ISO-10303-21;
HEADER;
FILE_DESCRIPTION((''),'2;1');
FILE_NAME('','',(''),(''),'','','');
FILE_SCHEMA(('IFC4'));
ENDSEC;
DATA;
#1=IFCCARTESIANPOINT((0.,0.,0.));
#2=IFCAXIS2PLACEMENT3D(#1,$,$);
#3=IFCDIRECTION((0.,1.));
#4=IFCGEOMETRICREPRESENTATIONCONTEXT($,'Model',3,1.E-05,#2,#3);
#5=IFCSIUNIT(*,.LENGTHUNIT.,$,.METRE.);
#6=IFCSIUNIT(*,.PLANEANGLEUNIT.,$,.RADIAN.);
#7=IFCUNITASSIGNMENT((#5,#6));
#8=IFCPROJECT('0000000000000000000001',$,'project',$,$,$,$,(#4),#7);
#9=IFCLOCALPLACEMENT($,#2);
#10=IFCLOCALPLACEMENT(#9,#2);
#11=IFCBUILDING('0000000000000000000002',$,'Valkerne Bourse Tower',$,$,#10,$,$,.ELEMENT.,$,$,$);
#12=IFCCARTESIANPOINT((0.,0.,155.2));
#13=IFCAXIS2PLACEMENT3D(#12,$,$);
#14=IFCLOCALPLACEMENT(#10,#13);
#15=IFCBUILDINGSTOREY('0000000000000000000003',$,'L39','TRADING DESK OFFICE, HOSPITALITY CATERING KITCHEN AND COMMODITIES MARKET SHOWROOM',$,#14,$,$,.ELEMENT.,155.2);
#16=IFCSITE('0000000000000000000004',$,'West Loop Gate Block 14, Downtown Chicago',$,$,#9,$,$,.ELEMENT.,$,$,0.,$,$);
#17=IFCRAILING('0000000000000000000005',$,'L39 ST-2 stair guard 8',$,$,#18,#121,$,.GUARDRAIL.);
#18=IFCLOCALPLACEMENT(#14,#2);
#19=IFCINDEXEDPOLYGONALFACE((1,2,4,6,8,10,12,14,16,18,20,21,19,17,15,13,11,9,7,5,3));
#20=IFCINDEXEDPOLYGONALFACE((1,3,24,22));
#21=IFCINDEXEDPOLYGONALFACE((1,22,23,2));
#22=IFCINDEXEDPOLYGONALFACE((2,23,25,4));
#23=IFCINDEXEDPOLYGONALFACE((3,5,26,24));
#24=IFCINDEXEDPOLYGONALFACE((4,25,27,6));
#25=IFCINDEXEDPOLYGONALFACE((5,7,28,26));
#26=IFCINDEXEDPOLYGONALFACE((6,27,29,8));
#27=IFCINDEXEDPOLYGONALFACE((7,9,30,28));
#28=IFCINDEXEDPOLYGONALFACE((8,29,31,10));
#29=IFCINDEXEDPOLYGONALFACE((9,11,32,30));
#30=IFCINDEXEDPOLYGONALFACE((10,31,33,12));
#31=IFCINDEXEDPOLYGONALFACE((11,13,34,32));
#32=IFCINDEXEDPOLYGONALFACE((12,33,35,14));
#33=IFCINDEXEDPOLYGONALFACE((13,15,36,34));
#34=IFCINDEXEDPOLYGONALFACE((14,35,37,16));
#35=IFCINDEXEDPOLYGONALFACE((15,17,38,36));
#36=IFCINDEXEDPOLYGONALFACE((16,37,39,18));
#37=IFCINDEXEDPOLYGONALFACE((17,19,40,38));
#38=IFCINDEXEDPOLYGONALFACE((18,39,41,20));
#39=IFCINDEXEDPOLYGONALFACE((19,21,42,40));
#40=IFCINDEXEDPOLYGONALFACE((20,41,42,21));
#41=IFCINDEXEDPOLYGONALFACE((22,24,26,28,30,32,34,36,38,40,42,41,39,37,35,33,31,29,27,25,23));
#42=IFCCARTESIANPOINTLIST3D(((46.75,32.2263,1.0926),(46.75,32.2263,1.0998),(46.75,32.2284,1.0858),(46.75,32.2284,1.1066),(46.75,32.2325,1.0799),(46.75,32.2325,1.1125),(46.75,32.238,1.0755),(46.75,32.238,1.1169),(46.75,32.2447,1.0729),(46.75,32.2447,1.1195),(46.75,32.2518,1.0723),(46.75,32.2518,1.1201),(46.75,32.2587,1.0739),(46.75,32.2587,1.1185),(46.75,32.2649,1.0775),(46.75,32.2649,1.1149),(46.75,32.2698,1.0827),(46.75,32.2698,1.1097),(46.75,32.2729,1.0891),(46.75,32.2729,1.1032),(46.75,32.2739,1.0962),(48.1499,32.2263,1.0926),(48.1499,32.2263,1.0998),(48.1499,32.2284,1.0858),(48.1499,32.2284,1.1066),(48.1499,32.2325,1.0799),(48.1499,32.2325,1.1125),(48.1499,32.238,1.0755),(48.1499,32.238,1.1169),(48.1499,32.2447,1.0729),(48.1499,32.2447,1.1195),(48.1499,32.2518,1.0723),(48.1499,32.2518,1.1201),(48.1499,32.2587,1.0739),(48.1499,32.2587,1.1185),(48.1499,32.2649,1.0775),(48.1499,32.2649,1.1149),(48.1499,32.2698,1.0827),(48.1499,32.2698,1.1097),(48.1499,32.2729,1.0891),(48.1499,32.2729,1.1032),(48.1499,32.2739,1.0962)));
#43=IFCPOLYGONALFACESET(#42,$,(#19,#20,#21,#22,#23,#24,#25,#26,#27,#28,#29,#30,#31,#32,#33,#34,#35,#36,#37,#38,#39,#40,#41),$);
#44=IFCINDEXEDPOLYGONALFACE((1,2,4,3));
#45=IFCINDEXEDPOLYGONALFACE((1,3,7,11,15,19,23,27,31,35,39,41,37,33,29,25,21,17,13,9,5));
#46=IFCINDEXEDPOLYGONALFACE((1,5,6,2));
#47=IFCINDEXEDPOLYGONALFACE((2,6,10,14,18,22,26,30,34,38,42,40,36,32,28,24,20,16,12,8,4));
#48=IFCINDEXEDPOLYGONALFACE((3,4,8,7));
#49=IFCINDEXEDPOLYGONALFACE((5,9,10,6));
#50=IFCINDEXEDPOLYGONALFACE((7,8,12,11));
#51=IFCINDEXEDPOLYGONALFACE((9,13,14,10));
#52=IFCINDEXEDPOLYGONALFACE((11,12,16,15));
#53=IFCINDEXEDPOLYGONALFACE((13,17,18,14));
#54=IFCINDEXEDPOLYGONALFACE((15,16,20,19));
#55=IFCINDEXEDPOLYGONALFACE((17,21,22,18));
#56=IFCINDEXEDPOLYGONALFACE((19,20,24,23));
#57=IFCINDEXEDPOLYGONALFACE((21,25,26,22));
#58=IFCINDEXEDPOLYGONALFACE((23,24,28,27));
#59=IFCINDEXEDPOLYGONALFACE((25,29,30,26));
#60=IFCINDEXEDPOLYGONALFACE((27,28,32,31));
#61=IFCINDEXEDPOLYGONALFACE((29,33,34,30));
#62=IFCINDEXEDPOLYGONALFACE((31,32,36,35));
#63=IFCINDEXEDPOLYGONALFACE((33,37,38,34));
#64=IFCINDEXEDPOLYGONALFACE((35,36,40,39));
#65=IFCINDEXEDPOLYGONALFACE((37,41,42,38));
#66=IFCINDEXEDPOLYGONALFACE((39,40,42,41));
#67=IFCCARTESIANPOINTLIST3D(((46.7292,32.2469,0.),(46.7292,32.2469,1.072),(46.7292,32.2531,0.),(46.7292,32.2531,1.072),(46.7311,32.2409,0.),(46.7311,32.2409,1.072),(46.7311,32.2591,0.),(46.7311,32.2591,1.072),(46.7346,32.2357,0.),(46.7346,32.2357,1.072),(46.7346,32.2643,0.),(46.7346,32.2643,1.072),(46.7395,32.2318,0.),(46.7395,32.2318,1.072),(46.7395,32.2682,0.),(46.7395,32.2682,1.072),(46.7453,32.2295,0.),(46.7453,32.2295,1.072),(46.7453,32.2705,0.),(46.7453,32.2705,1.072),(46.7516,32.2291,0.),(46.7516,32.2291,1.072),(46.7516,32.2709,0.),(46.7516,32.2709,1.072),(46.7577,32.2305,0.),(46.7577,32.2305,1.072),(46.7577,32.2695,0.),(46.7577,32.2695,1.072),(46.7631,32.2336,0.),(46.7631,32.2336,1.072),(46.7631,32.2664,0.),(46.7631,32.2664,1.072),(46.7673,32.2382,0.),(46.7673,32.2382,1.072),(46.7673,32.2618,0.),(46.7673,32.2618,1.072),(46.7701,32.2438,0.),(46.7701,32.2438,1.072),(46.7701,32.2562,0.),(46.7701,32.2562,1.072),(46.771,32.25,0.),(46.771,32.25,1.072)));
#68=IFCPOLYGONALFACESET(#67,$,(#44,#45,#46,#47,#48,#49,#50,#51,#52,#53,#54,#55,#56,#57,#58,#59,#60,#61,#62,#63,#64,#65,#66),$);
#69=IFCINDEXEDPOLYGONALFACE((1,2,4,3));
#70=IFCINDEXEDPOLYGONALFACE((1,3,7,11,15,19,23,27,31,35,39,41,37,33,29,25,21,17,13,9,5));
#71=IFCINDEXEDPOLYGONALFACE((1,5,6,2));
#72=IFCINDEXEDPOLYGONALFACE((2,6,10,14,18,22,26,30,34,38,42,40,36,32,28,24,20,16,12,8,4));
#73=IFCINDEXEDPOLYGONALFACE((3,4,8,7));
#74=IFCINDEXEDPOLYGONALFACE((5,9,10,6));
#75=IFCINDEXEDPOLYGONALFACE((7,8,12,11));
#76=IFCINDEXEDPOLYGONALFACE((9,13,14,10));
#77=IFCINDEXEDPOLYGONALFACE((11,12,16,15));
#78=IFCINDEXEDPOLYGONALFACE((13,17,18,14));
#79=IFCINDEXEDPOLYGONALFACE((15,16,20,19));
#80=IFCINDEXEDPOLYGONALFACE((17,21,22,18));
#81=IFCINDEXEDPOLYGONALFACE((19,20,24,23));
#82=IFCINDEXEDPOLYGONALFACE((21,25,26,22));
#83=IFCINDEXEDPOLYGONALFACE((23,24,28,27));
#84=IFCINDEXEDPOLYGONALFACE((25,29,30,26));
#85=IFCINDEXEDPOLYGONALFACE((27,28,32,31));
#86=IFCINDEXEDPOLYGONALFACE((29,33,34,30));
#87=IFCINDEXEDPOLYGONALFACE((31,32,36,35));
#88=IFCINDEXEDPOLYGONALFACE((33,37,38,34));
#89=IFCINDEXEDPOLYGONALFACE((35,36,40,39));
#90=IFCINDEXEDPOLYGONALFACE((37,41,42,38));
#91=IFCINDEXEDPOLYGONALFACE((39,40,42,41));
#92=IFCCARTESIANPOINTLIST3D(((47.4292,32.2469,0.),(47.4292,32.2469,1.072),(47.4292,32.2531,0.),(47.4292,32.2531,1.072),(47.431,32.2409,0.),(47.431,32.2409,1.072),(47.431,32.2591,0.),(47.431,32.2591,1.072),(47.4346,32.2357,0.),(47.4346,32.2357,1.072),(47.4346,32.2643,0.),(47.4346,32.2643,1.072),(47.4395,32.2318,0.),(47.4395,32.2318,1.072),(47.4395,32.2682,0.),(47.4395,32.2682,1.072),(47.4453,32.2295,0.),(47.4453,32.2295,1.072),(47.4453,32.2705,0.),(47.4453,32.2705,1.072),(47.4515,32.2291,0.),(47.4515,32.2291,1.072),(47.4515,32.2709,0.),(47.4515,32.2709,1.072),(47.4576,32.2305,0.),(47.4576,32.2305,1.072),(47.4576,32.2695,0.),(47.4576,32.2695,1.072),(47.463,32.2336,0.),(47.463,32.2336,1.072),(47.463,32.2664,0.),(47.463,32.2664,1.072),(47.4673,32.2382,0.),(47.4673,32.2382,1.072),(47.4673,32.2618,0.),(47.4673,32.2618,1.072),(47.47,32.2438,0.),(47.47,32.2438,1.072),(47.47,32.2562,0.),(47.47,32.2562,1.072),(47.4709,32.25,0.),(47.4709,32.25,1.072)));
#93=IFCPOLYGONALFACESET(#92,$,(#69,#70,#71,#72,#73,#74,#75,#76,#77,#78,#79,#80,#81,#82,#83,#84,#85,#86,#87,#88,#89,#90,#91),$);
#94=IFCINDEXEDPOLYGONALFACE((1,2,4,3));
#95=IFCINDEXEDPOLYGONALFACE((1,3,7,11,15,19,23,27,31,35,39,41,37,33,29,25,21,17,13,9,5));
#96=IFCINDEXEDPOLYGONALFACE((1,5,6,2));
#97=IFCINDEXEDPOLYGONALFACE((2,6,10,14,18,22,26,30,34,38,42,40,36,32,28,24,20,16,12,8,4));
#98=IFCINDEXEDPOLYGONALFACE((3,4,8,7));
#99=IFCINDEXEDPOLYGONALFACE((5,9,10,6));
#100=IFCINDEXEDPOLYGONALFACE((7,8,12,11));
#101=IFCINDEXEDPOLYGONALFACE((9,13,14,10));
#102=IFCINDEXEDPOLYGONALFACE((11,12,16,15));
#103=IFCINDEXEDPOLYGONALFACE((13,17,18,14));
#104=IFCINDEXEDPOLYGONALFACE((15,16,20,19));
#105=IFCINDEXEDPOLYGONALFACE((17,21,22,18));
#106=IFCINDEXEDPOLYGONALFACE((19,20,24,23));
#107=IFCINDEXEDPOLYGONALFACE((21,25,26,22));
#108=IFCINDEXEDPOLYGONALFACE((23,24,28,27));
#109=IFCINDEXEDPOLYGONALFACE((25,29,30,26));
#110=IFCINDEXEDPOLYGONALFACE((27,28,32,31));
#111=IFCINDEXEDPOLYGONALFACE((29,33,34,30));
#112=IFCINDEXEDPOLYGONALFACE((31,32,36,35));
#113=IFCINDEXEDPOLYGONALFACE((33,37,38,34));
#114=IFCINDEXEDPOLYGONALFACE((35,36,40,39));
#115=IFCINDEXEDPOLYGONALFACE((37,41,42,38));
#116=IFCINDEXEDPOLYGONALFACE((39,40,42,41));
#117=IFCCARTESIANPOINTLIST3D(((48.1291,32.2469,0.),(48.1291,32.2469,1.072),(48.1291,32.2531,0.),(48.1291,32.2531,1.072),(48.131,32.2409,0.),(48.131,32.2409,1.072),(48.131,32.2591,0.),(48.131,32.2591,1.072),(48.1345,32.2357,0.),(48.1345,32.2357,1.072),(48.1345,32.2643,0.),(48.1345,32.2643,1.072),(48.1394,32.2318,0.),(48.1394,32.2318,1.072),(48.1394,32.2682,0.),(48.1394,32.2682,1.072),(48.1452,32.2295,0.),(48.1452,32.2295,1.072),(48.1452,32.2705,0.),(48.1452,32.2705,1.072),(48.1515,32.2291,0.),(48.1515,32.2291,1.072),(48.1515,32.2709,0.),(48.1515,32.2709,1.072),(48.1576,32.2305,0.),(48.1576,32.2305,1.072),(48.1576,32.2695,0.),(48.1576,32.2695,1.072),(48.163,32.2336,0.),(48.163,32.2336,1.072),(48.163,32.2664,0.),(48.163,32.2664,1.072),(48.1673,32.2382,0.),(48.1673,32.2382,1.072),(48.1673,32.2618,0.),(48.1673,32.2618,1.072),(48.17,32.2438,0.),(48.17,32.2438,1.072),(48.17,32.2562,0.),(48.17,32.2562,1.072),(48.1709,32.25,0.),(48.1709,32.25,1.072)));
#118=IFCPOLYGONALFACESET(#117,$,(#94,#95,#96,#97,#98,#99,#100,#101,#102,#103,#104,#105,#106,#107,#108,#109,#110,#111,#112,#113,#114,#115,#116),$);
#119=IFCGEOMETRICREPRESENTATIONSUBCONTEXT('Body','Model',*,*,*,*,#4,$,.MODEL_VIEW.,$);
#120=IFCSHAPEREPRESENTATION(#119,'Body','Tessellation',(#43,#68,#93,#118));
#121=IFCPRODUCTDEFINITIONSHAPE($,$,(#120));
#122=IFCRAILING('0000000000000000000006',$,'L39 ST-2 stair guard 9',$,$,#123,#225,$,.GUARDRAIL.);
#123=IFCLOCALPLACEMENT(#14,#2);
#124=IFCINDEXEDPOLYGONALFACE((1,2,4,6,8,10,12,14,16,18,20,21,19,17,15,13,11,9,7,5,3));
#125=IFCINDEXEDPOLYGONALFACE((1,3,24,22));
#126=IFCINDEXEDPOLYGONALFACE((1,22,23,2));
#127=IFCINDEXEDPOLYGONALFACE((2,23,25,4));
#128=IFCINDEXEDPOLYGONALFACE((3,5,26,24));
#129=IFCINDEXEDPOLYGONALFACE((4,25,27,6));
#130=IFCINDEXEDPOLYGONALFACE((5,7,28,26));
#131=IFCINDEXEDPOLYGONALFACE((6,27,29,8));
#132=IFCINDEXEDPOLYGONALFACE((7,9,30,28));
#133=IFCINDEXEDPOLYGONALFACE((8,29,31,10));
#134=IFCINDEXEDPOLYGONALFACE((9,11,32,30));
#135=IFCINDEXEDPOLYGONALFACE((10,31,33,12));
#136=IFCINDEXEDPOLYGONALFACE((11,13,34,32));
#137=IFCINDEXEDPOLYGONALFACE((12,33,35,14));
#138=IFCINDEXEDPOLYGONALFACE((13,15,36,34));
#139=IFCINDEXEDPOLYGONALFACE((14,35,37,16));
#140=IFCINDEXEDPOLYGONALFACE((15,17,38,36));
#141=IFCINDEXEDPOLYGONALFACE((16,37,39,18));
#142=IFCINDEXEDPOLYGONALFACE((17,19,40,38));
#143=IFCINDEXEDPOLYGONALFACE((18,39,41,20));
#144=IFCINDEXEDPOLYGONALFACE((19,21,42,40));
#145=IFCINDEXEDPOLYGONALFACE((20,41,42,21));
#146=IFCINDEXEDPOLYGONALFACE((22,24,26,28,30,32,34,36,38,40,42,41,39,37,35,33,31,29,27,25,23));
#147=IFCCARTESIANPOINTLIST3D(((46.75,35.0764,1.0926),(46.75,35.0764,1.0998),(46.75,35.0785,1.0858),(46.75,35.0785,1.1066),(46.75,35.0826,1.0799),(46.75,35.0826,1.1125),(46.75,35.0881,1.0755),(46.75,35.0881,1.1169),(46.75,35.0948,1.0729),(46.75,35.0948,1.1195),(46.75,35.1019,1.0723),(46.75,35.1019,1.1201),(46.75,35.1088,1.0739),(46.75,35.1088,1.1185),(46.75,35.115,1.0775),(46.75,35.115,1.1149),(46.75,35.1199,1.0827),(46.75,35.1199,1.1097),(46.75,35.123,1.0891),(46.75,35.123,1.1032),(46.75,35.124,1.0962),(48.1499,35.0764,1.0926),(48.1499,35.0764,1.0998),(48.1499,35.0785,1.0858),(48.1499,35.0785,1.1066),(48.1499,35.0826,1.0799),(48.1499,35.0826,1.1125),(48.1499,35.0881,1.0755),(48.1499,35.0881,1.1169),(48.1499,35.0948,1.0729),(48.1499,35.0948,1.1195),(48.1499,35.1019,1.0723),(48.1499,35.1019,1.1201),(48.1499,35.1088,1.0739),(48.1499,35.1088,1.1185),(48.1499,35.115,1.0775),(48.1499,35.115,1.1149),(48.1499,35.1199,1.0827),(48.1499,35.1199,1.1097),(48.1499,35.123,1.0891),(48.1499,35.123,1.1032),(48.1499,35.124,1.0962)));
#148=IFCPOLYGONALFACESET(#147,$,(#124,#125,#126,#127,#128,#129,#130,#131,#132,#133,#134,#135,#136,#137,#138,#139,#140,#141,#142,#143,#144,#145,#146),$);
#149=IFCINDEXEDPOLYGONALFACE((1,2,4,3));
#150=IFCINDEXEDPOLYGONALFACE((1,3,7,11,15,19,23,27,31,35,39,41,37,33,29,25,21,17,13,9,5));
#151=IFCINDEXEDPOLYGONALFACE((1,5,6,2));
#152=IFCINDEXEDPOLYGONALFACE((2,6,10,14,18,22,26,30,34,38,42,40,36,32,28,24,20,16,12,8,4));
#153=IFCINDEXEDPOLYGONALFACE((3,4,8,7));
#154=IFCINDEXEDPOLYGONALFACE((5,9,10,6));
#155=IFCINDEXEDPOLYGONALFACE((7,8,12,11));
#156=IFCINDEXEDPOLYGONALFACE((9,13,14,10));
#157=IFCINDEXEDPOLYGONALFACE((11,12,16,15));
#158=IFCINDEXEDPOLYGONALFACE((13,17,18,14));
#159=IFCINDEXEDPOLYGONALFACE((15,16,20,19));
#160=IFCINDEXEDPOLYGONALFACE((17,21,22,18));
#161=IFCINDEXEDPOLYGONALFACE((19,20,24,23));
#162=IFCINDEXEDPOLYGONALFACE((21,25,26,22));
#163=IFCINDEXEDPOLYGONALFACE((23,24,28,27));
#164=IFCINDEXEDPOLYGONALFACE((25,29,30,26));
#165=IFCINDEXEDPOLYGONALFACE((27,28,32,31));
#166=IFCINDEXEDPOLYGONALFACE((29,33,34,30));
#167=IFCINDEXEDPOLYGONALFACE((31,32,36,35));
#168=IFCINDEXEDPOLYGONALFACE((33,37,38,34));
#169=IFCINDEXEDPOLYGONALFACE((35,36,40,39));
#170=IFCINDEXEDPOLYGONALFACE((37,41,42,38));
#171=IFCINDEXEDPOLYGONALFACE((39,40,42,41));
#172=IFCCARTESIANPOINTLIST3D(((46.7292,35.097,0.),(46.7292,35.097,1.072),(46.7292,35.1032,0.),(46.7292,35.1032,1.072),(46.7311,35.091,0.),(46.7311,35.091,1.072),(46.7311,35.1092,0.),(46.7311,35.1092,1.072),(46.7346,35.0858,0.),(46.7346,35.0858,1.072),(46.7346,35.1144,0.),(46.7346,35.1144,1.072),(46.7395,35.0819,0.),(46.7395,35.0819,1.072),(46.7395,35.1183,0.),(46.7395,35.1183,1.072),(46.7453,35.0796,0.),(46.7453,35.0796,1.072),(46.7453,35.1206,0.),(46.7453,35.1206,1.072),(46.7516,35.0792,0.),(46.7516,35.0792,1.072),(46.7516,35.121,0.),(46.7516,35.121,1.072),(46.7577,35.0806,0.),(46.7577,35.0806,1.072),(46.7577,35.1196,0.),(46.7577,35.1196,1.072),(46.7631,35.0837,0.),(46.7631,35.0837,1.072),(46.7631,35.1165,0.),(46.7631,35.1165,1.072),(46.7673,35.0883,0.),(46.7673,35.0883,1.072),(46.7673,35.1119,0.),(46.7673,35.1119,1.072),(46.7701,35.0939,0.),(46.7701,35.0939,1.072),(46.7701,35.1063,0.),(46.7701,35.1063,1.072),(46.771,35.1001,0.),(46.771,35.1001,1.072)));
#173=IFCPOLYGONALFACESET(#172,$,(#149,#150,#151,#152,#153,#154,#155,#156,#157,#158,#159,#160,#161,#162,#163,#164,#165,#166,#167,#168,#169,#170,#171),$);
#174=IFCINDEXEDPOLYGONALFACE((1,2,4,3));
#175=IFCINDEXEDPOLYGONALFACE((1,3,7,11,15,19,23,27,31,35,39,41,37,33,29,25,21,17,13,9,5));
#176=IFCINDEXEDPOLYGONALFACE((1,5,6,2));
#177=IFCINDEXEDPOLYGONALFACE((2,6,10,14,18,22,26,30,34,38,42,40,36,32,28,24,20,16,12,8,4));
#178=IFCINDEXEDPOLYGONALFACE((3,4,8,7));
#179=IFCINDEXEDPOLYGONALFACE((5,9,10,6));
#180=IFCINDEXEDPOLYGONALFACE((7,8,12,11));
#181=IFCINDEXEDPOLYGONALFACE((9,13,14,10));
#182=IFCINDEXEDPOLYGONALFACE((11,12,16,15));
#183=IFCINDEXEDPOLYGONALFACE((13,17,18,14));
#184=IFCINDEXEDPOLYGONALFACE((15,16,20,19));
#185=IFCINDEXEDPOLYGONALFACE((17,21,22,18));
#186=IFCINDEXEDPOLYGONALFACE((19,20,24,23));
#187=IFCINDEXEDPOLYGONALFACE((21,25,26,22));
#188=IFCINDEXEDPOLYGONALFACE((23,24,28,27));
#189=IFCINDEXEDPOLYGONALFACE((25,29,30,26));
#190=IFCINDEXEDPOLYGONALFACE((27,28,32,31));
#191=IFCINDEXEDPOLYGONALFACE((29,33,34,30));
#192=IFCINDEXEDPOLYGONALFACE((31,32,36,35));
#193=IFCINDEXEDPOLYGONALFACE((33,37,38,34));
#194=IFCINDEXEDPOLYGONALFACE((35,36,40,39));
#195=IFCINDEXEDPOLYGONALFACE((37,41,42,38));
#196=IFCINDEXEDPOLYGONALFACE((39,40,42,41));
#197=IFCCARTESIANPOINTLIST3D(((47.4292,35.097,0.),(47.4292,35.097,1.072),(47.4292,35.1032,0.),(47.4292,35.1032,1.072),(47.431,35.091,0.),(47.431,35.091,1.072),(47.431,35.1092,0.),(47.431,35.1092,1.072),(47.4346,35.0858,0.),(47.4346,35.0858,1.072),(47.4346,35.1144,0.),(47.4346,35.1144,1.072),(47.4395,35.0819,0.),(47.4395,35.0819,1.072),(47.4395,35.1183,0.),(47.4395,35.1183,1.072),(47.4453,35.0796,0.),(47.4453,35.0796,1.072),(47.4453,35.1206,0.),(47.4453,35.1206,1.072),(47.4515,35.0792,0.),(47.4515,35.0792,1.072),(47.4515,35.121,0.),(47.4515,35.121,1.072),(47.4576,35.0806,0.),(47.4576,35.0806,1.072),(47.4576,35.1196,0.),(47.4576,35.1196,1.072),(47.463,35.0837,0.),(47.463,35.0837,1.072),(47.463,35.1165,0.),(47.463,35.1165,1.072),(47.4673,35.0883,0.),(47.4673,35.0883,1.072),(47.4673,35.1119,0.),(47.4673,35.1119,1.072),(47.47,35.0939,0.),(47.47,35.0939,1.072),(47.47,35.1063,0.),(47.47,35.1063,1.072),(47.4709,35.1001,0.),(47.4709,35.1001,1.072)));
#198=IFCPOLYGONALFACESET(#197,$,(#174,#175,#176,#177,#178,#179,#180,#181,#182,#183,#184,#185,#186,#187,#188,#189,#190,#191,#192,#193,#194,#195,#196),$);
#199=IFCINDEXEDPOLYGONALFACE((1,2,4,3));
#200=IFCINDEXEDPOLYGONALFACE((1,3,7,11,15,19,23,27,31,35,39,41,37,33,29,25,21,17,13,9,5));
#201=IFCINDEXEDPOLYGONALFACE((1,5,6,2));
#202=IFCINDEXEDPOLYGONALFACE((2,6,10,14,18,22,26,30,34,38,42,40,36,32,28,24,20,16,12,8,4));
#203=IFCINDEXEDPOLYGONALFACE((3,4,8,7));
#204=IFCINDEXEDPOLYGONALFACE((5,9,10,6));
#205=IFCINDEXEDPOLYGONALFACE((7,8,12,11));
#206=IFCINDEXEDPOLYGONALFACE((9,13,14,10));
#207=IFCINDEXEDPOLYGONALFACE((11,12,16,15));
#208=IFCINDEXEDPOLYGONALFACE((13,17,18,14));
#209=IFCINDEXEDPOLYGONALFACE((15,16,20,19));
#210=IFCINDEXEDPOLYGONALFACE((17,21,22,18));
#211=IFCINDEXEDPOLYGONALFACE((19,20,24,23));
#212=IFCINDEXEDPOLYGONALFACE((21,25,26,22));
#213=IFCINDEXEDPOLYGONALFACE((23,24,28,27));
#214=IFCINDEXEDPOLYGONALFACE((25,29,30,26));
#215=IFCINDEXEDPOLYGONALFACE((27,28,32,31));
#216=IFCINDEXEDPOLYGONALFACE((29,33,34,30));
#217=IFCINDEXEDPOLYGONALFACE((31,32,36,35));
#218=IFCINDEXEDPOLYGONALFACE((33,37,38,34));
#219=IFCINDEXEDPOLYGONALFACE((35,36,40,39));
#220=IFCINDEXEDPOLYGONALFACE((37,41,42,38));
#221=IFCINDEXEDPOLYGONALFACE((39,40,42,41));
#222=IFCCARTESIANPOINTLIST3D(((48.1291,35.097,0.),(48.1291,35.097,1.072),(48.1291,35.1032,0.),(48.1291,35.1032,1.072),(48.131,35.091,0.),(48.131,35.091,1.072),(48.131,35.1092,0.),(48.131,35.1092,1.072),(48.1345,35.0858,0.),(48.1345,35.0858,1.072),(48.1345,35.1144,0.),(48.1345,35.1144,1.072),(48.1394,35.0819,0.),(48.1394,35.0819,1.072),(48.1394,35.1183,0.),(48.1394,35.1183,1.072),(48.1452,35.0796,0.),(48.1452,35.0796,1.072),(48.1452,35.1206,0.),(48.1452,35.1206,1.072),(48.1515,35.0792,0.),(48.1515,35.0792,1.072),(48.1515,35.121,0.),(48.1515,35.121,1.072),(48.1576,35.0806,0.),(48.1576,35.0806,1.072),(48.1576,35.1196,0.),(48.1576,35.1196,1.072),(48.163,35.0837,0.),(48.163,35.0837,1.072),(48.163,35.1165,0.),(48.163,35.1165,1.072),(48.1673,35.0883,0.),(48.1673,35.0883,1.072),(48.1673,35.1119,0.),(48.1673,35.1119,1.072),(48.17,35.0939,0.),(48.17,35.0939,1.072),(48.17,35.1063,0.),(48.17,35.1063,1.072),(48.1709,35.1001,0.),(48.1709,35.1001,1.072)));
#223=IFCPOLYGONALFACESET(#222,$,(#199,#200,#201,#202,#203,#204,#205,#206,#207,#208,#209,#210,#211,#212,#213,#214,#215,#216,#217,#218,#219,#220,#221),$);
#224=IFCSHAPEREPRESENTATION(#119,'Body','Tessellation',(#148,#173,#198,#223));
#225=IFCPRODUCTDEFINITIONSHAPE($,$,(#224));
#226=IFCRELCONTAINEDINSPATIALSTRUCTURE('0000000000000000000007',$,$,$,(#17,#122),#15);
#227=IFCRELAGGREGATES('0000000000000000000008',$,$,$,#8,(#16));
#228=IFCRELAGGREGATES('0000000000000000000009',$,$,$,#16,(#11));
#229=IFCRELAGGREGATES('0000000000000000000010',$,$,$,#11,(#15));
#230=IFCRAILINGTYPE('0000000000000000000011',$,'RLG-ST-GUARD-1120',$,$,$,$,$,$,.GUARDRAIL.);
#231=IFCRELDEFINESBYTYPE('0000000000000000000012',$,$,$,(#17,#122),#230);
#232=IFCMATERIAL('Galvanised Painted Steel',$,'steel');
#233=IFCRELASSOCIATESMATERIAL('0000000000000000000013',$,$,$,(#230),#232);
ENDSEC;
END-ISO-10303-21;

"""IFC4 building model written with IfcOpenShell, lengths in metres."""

from ifc_helpers import new_model, si_unit, direction, frame, origin, origin_2d, place, context, subcontext, project, spatial, circle, extrude, material, type_object, element, save


model = new_model("IFC4")

# Units and contexts
model_context = context("Model", 3, precision=1e-05, world=origin(), true_north=direction((0.0, 1.0)))
body_context = subcontext(model_context, "Body", "Model", "MODEL_VIEW")
ifc_project = project(units=[si_unit("LENGTHUNIT", "METRE"), si_unit("PLANEANGLEUNIT", "RADIAN")], contexts=[model_context])

# Site, building, storey
site_placement = place(None, origin())
site = spatial("IfcSite", under=ifc_project, at=site_placement, Name="West Loop Gate Block 14, Downtown Chicago", CompositionType="ELEMENT", RefElevation=0.0)
building_placement = place(site_placement, origin())
building = spatial("IfcBuilding", under=site, at=building_placement, Name="Valkerne Bourse Tower", CompositionType="ELEMENT")
storey_placement = place(building_placement, frame((0.0, 0.0, 155.2)))
storey = spatial("IfcBuildingStorey", under=building, at=storey_placement, Name="L39", Description="TRADING DESK OFFICE, HOSPITALITY CATERING KITCHEN AND COMMODITIES MARKET SHOWROOM", CompositionType="ELEMENT", Elevation=155.2)

# Shared definitions
ifc_material_1 = material(Name="Galvanised Painted Steel", Category="steel")

# Railings
railing_type = type_object("IfcRailingType", Name="RLG-ST-GUARD-1120", PredefinedType="GUARDRAIL", material=ifc_material_1)
for number, where, name in (
    (1, (46.75, 32.25, 0.0), "L39 ST-2 stair guard 8"),
    (2, (46.75, 35.1001, 0.0), "L39 ST-2 stair guard 9"),
):
    element("IfcRailing", number, at=place(storey_placement, frame(where)), inside=storey, type_object=railing_type, Name=name, PredefinedType="GUARDRAIL", context=body_context, shape_type="SweptSolid", body=[
        extrude(circle(Radius=0.0239, at=origin_2d()), frame((0.0, 0.0, 1.0962), z_axis=(1.0, 0.0, 0.0), x_axis=(0.0, 1.0, 0.0)), (0.0, 0.0, 1.0), 1.3999),
        extrude(circle(Radius=0.021, at=origin_2d()), origin(), (0.0, 0.0, 1.0), 1.072),
        extrude(circle(Radius=0.021, at=origin_2d()), frame((0.7, 0.0, 0.0)), (0.0, 0.0, 1.0), 1.072),
        extrude(circle(Radius=0.021, at=origin_2d()), frame((1.3999, 0.0, 0.0)), (0.0, 0.0, 1.0), 1.072),
    ])

save(model, "model.ifc")
